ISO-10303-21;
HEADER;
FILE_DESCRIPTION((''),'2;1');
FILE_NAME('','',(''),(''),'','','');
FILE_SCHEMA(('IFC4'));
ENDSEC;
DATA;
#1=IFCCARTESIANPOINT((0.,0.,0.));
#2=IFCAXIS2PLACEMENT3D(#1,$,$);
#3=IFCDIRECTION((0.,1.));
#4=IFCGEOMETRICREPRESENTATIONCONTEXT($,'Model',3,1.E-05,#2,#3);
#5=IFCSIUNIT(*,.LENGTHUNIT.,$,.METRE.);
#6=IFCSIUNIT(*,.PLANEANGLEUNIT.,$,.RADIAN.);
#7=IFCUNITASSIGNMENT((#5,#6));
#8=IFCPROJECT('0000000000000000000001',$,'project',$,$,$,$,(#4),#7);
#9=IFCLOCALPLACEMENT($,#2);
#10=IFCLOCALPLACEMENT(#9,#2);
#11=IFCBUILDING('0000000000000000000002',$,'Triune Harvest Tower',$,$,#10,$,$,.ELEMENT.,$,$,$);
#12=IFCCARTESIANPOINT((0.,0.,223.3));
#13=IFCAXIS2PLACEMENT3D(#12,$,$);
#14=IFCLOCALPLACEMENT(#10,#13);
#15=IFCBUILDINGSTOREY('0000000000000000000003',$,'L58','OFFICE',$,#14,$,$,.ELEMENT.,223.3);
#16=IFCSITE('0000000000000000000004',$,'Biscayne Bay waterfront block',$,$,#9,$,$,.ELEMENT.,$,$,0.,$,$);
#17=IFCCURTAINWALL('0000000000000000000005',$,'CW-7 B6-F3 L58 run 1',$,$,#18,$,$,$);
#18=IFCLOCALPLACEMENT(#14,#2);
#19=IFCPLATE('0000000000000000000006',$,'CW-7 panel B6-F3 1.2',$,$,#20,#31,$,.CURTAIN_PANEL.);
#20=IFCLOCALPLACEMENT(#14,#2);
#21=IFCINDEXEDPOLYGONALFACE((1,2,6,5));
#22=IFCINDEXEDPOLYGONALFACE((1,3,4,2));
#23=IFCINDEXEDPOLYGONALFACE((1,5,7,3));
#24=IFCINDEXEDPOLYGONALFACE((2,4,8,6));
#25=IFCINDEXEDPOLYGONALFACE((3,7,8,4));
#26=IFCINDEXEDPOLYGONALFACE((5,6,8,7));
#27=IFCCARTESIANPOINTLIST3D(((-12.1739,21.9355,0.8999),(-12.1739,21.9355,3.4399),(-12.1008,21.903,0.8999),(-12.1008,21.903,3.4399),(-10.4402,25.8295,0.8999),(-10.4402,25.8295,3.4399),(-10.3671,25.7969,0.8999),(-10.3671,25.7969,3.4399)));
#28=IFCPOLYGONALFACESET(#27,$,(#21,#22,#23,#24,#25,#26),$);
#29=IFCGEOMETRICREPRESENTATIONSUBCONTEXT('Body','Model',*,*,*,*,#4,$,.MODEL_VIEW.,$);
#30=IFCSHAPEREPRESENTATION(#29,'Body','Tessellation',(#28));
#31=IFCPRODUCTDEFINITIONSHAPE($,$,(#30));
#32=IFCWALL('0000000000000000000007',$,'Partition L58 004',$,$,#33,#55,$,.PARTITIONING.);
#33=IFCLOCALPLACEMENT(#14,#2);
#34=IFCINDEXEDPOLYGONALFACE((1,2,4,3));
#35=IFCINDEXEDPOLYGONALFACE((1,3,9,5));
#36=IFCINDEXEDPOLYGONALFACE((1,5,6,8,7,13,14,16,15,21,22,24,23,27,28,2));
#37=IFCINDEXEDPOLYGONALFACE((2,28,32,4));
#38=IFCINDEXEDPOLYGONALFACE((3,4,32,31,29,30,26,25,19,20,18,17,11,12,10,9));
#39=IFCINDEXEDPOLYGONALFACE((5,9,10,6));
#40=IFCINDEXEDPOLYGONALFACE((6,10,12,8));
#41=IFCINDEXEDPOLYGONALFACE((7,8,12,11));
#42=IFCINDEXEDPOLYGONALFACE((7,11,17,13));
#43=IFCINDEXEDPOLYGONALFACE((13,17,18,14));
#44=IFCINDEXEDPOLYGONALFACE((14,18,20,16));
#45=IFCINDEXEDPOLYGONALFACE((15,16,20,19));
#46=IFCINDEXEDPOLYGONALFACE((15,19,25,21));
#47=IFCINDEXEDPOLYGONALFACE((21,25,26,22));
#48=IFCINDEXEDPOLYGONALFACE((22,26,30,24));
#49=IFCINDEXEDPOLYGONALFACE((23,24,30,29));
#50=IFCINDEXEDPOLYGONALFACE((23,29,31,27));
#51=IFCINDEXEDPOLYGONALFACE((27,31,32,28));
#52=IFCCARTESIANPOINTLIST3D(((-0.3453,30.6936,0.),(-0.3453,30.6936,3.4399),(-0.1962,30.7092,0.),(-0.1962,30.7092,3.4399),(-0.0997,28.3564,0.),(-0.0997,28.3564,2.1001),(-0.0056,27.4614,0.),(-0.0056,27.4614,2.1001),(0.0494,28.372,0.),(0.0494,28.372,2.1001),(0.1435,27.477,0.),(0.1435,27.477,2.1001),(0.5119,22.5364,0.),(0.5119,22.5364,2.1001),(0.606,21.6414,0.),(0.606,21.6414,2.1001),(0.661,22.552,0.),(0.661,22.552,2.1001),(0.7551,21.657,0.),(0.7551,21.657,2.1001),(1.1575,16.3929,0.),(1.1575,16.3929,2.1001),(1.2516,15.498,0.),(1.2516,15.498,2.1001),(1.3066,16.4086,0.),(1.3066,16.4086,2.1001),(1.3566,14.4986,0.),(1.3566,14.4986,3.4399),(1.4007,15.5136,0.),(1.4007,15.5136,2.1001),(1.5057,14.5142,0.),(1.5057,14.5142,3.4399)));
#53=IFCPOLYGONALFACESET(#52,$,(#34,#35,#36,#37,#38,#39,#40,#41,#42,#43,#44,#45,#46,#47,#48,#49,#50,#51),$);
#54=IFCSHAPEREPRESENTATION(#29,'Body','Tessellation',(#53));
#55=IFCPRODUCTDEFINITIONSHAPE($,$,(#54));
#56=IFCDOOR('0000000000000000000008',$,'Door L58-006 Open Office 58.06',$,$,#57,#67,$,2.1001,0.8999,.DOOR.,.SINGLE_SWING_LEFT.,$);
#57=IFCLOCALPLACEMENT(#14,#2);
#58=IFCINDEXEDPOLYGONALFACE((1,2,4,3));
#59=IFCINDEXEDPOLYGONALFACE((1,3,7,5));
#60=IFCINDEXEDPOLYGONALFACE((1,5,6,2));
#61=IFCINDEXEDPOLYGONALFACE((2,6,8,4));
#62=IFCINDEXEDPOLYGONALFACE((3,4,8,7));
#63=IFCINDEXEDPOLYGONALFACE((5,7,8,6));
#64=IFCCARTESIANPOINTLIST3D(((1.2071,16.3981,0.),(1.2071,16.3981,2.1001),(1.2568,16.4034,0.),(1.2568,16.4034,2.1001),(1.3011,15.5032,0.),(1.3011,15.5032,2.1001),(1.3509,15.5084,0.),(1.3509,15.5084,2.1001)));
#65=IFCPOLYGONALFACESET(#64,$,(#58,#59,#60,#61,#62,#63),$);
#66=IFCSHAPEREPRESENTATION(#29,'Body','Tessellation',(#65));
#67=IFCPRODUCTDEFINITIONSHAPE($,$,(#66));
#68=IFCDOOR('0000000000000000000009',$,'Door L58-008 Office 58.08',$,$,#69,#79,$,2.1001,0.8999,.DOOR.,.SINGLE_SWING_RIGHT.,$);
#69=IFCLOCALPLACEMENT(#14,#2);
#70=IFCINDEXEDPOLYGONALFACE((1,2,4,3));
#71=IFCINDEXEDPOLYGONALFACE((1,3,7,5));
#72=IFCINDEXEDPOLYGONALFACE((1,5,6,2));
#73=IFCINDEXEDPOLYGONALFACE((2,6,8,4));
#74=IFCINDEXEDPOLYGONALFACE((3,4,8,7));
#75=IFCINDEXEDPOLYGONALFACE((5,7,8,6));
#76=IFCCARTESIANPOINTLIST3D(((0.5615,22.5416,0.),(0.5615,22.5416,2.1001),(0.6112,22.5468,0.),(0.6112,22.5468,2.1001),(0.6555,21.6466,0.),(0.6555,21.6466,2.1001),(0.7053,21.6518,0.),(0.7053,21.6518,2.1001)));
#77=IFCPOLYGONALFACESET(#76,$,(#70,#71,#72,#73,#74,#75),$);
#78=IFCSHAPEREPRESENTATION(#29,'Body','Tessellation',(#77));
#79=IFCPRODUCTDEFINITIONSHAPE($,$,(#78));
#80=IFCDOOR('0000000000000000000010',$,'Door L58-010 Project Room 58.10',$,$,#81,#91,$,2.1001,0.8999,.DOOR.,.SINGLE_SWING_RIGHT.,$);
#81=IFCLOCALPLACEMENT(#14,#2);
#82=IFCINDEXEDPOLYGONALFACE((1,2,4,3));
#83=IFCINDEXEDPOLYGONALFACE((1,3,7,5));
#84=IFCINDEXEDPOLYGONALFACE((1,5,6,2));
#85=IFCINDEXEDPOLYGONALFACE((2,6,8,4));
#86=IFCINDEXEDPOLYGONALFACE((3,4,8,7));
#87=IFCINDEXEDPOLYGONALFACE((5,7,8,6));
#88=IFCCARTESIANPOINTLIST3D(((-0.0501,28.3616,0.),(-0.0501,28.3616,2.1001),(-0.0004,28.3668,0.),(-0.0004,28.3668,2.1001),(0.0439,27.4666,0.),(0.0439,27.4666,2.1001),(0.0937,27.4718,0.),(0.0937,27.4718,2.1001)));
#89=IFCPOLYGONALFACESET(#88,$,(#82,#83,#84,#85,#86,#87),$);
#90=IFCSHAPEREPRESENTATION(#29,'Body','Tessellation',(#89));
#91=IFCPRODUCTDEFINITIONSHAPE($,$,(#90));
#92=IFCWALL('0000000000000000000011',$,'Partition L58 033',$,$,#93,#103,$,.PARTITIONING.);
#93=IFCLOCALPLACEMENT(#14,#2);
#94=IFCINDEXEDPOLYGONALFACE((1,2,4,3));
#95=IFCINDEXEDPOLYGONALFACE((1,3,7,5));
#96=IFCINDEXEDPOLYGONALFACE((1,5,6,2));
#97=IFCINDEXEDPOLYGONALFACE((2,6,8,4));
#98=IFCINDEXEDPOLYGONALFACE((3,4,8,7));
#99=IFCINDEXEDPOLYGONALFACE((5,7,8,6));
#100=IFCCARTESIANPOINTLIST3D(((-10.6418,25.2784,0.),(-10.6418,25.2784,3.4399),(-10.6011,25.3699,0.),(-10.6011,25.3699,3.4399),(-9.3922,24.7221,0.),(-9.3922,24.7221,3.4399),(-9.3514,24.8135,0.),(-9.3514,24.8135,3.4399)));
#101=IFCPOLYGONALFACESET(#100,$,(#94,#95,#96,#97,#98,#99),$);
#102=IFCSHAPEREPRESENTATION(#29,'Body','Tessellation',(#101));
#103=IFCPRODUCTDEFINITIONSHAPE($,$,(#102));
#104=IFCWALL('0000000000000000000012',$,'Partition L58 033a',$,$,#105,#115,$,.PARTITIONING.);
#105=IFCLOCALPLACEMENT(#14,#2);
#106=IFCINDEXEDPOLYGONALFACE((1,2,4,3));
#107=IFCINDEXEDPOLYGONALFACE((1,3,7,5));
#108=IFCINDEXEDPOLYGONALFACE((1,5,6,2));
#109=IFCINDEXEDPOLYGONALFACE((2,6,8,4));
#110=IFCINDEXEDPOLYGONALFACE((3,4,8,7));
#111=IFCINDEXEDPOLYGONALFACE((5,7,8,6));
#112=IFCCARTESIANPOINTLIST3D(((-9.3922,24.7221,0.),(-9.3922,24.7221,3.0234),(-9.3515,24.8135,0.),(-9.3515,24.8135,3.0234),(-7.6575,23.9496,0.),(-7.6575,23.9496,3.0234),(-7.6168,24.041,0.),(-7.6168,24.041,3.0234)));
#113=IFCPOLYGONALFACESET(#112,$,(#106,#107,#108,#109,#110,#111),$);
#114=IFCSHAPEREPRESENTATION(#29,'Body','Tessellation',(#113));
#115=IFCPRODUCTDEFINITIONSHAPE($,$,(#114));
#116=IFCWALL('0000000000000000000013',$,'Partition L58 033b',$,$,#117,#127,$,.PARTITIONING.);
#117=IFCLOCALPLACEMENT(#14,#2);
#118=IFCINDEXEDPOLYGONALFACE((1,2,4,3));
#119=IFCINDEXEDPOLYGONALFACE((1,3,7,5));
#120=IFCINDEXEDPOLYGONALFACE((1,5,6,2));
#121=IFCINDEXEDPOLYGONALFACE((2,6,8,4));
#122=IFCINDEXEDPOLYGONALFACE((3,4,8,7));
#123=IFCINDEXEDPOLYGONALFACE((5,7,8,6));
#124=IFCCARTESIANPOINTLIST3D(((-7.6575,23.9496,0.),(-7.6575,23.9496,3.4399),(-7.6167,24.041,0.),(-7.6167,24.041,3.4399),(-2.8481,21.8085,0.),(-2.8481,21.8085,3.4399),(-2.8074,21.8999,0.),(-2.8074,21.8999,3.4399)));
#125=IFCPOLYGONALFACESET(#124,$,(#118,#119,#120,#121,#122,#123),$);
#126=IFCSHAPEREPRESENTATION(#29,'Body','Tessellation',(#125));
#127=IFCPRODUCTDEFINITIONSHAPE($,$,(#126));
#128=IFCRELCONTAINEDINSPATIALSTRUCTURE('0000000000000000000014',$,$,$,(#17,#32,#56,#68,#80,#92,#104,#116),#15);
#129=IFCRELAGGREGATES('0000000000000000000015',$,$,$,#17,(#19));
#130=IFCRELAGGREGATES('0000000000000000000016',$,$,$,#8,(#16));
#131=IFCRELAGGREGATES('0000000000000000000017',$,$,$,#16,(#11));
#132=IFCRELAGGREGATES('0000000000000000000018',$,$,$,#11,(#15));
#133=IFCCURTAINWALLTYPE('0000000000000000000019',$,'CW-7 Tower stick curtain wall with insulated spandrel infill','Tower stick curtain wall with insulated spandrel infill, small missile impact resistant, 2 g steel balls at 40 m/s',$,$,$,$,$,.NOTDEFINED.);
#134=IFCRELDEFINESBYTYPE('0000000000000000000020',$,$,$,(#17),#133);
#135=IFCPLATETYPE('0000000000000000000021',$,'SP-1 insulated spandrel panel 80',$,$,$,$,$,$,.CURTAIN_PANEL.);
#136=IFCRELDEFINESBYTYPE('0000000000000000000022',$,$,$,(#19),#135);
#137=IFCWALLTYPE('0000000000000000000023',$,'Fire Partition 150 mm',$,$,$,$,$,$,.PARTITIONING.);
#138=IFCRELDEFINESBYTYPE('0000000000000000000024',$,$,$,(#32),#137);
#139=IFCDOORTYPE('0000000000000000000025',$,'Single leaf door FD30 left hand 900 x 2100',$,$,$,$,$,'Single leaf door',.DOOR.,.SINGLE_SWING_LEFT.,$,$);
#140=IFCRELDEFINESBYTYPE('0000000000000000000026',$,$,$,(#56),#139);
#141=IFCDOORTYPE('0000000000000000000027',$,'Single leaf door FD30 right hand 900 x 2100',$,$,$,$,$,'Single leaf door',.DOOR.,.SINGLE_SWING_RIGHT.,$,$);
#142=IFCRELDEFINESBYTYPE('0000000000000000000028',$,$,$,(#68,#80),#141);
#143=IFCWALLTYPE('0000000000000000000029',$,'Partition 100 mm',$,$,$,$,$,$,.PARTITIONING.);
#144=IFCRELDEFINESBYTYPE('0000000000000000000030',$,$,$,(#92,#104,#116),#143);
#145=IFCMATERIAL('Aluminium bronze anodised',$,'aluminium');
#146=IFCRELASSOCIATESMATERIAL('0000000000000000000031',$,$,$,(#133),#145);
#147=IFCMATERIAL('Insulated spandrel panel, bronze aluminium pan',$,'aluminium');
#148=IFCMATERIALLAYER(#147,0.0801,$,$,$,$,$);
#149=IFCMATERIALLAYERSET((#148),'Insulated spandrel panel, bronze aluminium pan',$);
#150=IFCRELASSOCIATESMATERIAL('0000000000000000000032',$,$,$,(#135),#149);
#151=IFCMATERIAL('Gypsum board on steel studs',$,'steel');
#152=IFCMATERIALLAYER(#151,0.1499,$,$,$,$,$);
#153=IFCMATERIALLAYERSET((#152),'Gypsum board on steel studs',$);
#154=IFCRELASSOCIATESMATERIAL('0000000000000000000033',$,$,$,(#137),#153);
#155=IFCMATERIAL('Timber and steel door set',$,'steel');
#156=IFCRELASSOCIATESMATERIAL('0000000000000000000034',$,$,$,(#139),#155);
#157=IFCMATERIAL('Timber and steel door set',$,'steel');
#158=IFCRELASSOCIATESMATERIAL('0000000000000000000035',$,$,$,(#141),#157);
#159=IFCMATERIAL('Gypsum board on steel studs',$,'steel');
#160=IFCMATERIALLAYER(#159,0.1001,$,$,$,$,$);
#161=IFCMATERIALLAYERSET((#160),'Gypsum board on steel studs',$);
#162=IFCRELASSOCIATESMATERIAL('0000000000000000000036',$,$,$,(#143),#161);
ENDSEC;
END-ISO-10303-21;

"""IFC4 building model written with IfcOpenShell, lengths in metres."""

from ifc_helpers import new_model, si_unit, direction, frame, frame_2d, origin, origin_2d, place, context, subcontext, project, spatial, rectangle, extrude, source, transform, mapped, material, layer, layer_set, type_object, element, fill, aggregate, save


model = new_model("IFC4")

# Units and contexts
model_context = context("Model", 3, precision=1e-05, world=origin(), true_north=direction((0.0, 1.0)))
body_context = subcontext(model_context, "Body", "Model", "MODEL_VIEW")
ifc_project = project(units=[si_unit("LENGTHUNIT", "METRE"), si_unit("PLANEANGLEUNIT", "RADIAN")], contexts=[model_context])

# Site, building, storey
site_placement = place(None, origin())
site = spatial("IfcSite", under=ifc_project, at=site_placement, Name="Biscayne Bay waterfront block", CompositionType="ELEMENT", RefElevation=0.0)
building_placement = place(site_placement, origin())
building = spatial("IfcBuilding", under=site, at=building_placement, Name="Triune Harvest Tower", CompositionType="ELEMENT")
storey_placement = place(building_placement, frame((0.0, 0.0, 223.3)))
storey = spatial("IfcBuildingStorey", under=building, at=storey_placement, Name="L58", Description="OFFICE", CompositionType="ELEMENT", Elevation=223.3)

# Curtain wall
ifc_material_1 = material(Name="Aluminium bronze anodised", Category="aluminium")
curtain_wall_type_1 = type_object("IfcCurtainWallType", Name="CW-7 Tower stick curtain wall with insulated spandrel infill", Description="Tower stick curtain wall with insulated spandrel infill, small missile impact resistant, 2 g steel balls at 40 m/s", PredefinedType="NOTDEFINED", material=ifc_material_1)
curtain_wall_1_placement = place(storey_placement, origin())
curtain_wall_1 = element("IfcCurtainWall", 1, at=curtain_wall_1_placement, inside=storey, type_object=curtain_wall_type_1, Name="CW-7 B6-F3 L58 run 1")

# Plate
ifc_material_2 = material(Name="Insulated spandrel panel, bronze aluminium pan", Category="aluminium")
ifc_layer_1 = layer(ifc_material_2, 0.0801)
ifc_layer_set_1 = layer_set([ifc_layer_1], Name="Insulated spandrel panel, bronze aluminium pan")
plate_type_1 = type_object("IfcPlateType", Name="SP-1 insulated spandrel panel 80", PredefinedType="CURTAIN_PANEL", material=ifc_layer_set_1)
shared_shape_1 = source(origin(), body_context, "Body", "SweptSolid", [
    extrude(rectangle(XDim=4.2625, YDim=0.0801, at=origin_2d()), origin(), (0.0, 0.0, 1.0), 2.54),
])
plate_1_placement = place(storey_placement, frame((-11.2705, 23.8662, 0.8999), z_axis=(0.0, 0.0, 1.0), x_axis=(-0.406736, -0.913546, 0.0)))
plate_1 = element("IfcPlate", 2, at=plate_1_placement, type_object=plate_type_1, Name="CW-7 panel B6-F3 1.2", PredefinedType="CURTAIN_PANEL", context=body_context, shape_type="MappedRepresentation", body=[
    mapped(shared_shape_1, transform((0.0, 0.0, 0.0), scale=1.0)),
])
aggregate(curtain_wall_1, [plate_1])

# Wall, openings, doors
ifc_material_3 = material(Name="Gypsum board on steel studs", Category="steel")
ifc_layer_2 = layer(ifc_material_3, 0.1499)
ifc_layer_set_2 = layer_set([ifc_layer_2], Name="Gypsum board on steel studs")
wall_type_1 = type_object("IfcWallType", Name="Fire Partition 150 mm", PredefinedType="PARTITIONING", material=ifc_layer_set_2)
wall_1_placement = place(storey_placement, frame((-0.2708, 30.7014, 0.0), z_axis=(0.0, 0.0, 1.0), x_axis=(0.104512, -0.994524, 0.0)))
wall_1 = element("IfcWall", 3, at=wall_1_placement, inside=storey, type_object=wall_type_1, Name="Partition L58 004", PredefinedType="PARTITIONING", context=body_context, shape_type="SweptSolid", body=[
    extrude(rectangle(XDim=16.2842, YDim=0.1499, at=frame_2d((8.1421, 0.0))), origin(), (0.0, 0.0, 1.0), 3.4399),
])
opening_1_placement = place(wall_1_placement, frame((14.3794, 0.0, 0.0)))
opening_1 = element("IfcOpeningElement", 4, at=opening_1_placement, cuts=wall_1, PredefinedType="OPENING", context=body_context, shape_type="SweptSolid", body=[
    extrude(rectangle(XDim=0.8999, YDim=2.1001, at=frame_2d((0.45, 1.05))), frame((0.0, 0.085, 0.0), z_axis=(0.0, -1.0, 0.0), x_axis=(1.0, 0.0, 0.0)), (0.0, 0.0, 1.0), 0.1699),
])
opening_2_placement = place(wall_1_placement, frame((8.2021, 0.0, 0.0)))
opening_2 = element("IfcOpeningElement", 5, at=opening_2_placement, cuts=wall_1, PredefinedType="OPENING", context=body_context, shape_type="SweptSolid", body=[
    extrude(rectangle(XDim=0.8999, YDim=2.1001, at=frame_2d((0.45, 1.05))), frame((0.0, 0.085, 0.0), z_axis=(0.0, -1.0, 0.0), x_axis=(1.0, 0.0, 0.0)), (0.0, 0.0, 1.0), 0.1699),
])
opening_3_placement = place(wall_1_placement, frame((2.3501, 0.0, 0.0)))
opening_3 = element("IfcOpeningElement", 6, at=opening_3_placement, cuts=wall_1, PredefinedType="OPENING", context=body_context, shape_type="SweptSolid", body=[
    extrude(rectangle(XDim=0.8999, YDim=2.1001, at=frame_2d((0.45, 1.05))), frame((0.0, 0.085, 0.0), z_axis=(0.0, -1.0, 0.0), x_axis=(1.0, 0.0, 0.0)), (0.0, 0.0, 1.0), 0.1699),
])
ifc_material_4 = material(Name="Timber and steel door set", Category="steel")
door_type_1 = type_object("IfcDoorType", Name="Single leaf door FD30 left hand 900 x 2100", ElementType="Single leaf door", OperationType="SINGLE_SWING_LEFT", PredefinedType="DOOR", material=ifc_material_4)
door_1_placement = place(opening_1_placement, origin())
door_1 = element("IfcDoor", 7, at=door_1_placement, inside=storey, type_object=door_type_1, Name="Door L58-006 Open Office 58.06", OperationType="SINGLE_SWING_LEFT", OverallHeight=2.1001, OverallWidth=0.8999, PredefinedType="DOOR", context=body_context, shape_type="SweptSolid", body=[
    extrude(rectangle(XDim=0.8999, YDim=2.1001, at=frame_2d((0.45, 1.05))), frame((0.0, 0.0249, 0.0), z_axis=(0.0, -1.0, 0.0), x_axis=(1.0, 0.0, 0.0)), (0.0, 0.0, 1.0), 0.05),
])
fill(opening_1, door_1)
ifc_material_5 = material(Name="Timber and steel door set", Category="steel")
door_type_2 = type_object("IfcDoorType", Name="Single leaf door FD30 right hand 900 x 2100", ElementType="Single leaf door", OperationType="SINGLE_SWING_RIGHT", PredefinedType="DOOR", material=ifc_material_5)
door_2_placement = place(opening_2_placement, origin())
door_2 = element("IfcDoor", 8, at=door_2_placement, inside=storey, type_object=door_type_2, Name="Door L58-008 Office 58.08", OperationType="SINGLE_SWING_RIGHT", OverallHeight=2.1001, OverallWidth=0.8999, PredefinedType="DOOR", context=body_context, shape_type="SweptSolid", body=[
    extrude(rectangle(XDim=0.8999, YDim=2.1001, at=frame_2d((0.45, 1.05))), frame((0.0, 0.0249, 0.0), z_axis=(0.0, -1.0, 0.0), x_axis=(1.0, 0.0, 0.0)), (0.0, 0.0, 1.0), 0.05),
])
fill(opening_2, door_2)
door_3_placement = place(opening_3_placement, origin())
door_3 = element("IfcDoor", 9, at=door_3_placement, inside=storey, type_object=door_type_2, Name="Door L58-010 Project Room 58.10", OperationType="SINGLE_SWING_RIGHT", OverallHeight=2.1001, OverallWidth=0.8999, PredefinedType="DOOR", context=body_context, shape_type="SweptSolid", body=[
    extrude(rectangle(XDim=0.8999, YDim=2.1001, at=frame_2d((0.45, 1.05))), frame((0.0, 0.0249, 0.0), z_axis=(0.0, -1.0, 0.0), x_axis=(1.0, 0.0, 0.0)), (0.0, 0.0, 1.0), 0.05),
])
fill(opening_3, door_3)

# Walls
ifc_material_6 = material(Name="Gypsum board on steel studs", Category="steel")
ifc_layer_3 = layer(ifc_material_6, 0.1001)
ifc_layer_set_3 = layer_set([ifc_layer_3], Name="Gypsum board on steel studs")
wall_type_2 = type_object("IfcWallType", Name="Partition 100 mm", PredefinedType="PARTITIONING", material=ifc_layer_set_3)
wall_2_placement = place(storey_placement, frame((-10.6216, 25.3242, 0.0), z_axis=(0.0, 0.0, 1.0), x_axis=(0.913554, -0.406718, 0.0)))
element("IfcWall", 10, at=wall_2_placement, inside=storey, type_object=wall_type_2, Name="Partition L58 033", PredefinedType="PARTITIONING", context=body_context, shape_type="SweptSolid", body=[
    extrude(rectangle(XDim=1.3679, YDim=0.1001, at=frame_2d((0.6841, 0.0))), origin(), (0.0, 0.0, 1.0), 3.4399),
])
wall_3_placement = place(storey_placement, frame((-9.3718, 24.7678, 0.0), z_axis=(0.0, 0.0, 1.0), x_axis=(0.913514, -0.406806, 0.0)))
element("IfcWall", 11, at=wall_3_placement, inside=storey, type_object=wall_type_2, Name="Partition L58 033a", PredefinedType="PARTITIONING", context=body_context, shape_type="SweptSolid", body=[
    extrude(rectangle(XDim=1.8989, YDim=0.1001, at=frame_2d((0.9495, 0.0))), origin(), (0.0, 0.0, 1.0), 3.0234),
])
wall_4_placement = place(storey_placement, frame((-7.6372, 23.9954, 0.0), z_axis=(0.0, 0.0, 1.0), x_axis=(0.913555, -0.406715, 0.0)))
element("IfcWall", 12, at=wall_4_placement, inside=storey, type_object=wall_type_2, Name="Partition L58 033b", PredefinedType="PARTITIONING", context=body_context, shape_type="SweptSolid", body=[
    extrude(rectangle(XDim=5.2644, YDim=0.1001, at=frame_2d((2.6323, 0.0))), origin(), (0.0, 0.0, 1.0), 3.4399),
])

save(model, "model.ifc")
